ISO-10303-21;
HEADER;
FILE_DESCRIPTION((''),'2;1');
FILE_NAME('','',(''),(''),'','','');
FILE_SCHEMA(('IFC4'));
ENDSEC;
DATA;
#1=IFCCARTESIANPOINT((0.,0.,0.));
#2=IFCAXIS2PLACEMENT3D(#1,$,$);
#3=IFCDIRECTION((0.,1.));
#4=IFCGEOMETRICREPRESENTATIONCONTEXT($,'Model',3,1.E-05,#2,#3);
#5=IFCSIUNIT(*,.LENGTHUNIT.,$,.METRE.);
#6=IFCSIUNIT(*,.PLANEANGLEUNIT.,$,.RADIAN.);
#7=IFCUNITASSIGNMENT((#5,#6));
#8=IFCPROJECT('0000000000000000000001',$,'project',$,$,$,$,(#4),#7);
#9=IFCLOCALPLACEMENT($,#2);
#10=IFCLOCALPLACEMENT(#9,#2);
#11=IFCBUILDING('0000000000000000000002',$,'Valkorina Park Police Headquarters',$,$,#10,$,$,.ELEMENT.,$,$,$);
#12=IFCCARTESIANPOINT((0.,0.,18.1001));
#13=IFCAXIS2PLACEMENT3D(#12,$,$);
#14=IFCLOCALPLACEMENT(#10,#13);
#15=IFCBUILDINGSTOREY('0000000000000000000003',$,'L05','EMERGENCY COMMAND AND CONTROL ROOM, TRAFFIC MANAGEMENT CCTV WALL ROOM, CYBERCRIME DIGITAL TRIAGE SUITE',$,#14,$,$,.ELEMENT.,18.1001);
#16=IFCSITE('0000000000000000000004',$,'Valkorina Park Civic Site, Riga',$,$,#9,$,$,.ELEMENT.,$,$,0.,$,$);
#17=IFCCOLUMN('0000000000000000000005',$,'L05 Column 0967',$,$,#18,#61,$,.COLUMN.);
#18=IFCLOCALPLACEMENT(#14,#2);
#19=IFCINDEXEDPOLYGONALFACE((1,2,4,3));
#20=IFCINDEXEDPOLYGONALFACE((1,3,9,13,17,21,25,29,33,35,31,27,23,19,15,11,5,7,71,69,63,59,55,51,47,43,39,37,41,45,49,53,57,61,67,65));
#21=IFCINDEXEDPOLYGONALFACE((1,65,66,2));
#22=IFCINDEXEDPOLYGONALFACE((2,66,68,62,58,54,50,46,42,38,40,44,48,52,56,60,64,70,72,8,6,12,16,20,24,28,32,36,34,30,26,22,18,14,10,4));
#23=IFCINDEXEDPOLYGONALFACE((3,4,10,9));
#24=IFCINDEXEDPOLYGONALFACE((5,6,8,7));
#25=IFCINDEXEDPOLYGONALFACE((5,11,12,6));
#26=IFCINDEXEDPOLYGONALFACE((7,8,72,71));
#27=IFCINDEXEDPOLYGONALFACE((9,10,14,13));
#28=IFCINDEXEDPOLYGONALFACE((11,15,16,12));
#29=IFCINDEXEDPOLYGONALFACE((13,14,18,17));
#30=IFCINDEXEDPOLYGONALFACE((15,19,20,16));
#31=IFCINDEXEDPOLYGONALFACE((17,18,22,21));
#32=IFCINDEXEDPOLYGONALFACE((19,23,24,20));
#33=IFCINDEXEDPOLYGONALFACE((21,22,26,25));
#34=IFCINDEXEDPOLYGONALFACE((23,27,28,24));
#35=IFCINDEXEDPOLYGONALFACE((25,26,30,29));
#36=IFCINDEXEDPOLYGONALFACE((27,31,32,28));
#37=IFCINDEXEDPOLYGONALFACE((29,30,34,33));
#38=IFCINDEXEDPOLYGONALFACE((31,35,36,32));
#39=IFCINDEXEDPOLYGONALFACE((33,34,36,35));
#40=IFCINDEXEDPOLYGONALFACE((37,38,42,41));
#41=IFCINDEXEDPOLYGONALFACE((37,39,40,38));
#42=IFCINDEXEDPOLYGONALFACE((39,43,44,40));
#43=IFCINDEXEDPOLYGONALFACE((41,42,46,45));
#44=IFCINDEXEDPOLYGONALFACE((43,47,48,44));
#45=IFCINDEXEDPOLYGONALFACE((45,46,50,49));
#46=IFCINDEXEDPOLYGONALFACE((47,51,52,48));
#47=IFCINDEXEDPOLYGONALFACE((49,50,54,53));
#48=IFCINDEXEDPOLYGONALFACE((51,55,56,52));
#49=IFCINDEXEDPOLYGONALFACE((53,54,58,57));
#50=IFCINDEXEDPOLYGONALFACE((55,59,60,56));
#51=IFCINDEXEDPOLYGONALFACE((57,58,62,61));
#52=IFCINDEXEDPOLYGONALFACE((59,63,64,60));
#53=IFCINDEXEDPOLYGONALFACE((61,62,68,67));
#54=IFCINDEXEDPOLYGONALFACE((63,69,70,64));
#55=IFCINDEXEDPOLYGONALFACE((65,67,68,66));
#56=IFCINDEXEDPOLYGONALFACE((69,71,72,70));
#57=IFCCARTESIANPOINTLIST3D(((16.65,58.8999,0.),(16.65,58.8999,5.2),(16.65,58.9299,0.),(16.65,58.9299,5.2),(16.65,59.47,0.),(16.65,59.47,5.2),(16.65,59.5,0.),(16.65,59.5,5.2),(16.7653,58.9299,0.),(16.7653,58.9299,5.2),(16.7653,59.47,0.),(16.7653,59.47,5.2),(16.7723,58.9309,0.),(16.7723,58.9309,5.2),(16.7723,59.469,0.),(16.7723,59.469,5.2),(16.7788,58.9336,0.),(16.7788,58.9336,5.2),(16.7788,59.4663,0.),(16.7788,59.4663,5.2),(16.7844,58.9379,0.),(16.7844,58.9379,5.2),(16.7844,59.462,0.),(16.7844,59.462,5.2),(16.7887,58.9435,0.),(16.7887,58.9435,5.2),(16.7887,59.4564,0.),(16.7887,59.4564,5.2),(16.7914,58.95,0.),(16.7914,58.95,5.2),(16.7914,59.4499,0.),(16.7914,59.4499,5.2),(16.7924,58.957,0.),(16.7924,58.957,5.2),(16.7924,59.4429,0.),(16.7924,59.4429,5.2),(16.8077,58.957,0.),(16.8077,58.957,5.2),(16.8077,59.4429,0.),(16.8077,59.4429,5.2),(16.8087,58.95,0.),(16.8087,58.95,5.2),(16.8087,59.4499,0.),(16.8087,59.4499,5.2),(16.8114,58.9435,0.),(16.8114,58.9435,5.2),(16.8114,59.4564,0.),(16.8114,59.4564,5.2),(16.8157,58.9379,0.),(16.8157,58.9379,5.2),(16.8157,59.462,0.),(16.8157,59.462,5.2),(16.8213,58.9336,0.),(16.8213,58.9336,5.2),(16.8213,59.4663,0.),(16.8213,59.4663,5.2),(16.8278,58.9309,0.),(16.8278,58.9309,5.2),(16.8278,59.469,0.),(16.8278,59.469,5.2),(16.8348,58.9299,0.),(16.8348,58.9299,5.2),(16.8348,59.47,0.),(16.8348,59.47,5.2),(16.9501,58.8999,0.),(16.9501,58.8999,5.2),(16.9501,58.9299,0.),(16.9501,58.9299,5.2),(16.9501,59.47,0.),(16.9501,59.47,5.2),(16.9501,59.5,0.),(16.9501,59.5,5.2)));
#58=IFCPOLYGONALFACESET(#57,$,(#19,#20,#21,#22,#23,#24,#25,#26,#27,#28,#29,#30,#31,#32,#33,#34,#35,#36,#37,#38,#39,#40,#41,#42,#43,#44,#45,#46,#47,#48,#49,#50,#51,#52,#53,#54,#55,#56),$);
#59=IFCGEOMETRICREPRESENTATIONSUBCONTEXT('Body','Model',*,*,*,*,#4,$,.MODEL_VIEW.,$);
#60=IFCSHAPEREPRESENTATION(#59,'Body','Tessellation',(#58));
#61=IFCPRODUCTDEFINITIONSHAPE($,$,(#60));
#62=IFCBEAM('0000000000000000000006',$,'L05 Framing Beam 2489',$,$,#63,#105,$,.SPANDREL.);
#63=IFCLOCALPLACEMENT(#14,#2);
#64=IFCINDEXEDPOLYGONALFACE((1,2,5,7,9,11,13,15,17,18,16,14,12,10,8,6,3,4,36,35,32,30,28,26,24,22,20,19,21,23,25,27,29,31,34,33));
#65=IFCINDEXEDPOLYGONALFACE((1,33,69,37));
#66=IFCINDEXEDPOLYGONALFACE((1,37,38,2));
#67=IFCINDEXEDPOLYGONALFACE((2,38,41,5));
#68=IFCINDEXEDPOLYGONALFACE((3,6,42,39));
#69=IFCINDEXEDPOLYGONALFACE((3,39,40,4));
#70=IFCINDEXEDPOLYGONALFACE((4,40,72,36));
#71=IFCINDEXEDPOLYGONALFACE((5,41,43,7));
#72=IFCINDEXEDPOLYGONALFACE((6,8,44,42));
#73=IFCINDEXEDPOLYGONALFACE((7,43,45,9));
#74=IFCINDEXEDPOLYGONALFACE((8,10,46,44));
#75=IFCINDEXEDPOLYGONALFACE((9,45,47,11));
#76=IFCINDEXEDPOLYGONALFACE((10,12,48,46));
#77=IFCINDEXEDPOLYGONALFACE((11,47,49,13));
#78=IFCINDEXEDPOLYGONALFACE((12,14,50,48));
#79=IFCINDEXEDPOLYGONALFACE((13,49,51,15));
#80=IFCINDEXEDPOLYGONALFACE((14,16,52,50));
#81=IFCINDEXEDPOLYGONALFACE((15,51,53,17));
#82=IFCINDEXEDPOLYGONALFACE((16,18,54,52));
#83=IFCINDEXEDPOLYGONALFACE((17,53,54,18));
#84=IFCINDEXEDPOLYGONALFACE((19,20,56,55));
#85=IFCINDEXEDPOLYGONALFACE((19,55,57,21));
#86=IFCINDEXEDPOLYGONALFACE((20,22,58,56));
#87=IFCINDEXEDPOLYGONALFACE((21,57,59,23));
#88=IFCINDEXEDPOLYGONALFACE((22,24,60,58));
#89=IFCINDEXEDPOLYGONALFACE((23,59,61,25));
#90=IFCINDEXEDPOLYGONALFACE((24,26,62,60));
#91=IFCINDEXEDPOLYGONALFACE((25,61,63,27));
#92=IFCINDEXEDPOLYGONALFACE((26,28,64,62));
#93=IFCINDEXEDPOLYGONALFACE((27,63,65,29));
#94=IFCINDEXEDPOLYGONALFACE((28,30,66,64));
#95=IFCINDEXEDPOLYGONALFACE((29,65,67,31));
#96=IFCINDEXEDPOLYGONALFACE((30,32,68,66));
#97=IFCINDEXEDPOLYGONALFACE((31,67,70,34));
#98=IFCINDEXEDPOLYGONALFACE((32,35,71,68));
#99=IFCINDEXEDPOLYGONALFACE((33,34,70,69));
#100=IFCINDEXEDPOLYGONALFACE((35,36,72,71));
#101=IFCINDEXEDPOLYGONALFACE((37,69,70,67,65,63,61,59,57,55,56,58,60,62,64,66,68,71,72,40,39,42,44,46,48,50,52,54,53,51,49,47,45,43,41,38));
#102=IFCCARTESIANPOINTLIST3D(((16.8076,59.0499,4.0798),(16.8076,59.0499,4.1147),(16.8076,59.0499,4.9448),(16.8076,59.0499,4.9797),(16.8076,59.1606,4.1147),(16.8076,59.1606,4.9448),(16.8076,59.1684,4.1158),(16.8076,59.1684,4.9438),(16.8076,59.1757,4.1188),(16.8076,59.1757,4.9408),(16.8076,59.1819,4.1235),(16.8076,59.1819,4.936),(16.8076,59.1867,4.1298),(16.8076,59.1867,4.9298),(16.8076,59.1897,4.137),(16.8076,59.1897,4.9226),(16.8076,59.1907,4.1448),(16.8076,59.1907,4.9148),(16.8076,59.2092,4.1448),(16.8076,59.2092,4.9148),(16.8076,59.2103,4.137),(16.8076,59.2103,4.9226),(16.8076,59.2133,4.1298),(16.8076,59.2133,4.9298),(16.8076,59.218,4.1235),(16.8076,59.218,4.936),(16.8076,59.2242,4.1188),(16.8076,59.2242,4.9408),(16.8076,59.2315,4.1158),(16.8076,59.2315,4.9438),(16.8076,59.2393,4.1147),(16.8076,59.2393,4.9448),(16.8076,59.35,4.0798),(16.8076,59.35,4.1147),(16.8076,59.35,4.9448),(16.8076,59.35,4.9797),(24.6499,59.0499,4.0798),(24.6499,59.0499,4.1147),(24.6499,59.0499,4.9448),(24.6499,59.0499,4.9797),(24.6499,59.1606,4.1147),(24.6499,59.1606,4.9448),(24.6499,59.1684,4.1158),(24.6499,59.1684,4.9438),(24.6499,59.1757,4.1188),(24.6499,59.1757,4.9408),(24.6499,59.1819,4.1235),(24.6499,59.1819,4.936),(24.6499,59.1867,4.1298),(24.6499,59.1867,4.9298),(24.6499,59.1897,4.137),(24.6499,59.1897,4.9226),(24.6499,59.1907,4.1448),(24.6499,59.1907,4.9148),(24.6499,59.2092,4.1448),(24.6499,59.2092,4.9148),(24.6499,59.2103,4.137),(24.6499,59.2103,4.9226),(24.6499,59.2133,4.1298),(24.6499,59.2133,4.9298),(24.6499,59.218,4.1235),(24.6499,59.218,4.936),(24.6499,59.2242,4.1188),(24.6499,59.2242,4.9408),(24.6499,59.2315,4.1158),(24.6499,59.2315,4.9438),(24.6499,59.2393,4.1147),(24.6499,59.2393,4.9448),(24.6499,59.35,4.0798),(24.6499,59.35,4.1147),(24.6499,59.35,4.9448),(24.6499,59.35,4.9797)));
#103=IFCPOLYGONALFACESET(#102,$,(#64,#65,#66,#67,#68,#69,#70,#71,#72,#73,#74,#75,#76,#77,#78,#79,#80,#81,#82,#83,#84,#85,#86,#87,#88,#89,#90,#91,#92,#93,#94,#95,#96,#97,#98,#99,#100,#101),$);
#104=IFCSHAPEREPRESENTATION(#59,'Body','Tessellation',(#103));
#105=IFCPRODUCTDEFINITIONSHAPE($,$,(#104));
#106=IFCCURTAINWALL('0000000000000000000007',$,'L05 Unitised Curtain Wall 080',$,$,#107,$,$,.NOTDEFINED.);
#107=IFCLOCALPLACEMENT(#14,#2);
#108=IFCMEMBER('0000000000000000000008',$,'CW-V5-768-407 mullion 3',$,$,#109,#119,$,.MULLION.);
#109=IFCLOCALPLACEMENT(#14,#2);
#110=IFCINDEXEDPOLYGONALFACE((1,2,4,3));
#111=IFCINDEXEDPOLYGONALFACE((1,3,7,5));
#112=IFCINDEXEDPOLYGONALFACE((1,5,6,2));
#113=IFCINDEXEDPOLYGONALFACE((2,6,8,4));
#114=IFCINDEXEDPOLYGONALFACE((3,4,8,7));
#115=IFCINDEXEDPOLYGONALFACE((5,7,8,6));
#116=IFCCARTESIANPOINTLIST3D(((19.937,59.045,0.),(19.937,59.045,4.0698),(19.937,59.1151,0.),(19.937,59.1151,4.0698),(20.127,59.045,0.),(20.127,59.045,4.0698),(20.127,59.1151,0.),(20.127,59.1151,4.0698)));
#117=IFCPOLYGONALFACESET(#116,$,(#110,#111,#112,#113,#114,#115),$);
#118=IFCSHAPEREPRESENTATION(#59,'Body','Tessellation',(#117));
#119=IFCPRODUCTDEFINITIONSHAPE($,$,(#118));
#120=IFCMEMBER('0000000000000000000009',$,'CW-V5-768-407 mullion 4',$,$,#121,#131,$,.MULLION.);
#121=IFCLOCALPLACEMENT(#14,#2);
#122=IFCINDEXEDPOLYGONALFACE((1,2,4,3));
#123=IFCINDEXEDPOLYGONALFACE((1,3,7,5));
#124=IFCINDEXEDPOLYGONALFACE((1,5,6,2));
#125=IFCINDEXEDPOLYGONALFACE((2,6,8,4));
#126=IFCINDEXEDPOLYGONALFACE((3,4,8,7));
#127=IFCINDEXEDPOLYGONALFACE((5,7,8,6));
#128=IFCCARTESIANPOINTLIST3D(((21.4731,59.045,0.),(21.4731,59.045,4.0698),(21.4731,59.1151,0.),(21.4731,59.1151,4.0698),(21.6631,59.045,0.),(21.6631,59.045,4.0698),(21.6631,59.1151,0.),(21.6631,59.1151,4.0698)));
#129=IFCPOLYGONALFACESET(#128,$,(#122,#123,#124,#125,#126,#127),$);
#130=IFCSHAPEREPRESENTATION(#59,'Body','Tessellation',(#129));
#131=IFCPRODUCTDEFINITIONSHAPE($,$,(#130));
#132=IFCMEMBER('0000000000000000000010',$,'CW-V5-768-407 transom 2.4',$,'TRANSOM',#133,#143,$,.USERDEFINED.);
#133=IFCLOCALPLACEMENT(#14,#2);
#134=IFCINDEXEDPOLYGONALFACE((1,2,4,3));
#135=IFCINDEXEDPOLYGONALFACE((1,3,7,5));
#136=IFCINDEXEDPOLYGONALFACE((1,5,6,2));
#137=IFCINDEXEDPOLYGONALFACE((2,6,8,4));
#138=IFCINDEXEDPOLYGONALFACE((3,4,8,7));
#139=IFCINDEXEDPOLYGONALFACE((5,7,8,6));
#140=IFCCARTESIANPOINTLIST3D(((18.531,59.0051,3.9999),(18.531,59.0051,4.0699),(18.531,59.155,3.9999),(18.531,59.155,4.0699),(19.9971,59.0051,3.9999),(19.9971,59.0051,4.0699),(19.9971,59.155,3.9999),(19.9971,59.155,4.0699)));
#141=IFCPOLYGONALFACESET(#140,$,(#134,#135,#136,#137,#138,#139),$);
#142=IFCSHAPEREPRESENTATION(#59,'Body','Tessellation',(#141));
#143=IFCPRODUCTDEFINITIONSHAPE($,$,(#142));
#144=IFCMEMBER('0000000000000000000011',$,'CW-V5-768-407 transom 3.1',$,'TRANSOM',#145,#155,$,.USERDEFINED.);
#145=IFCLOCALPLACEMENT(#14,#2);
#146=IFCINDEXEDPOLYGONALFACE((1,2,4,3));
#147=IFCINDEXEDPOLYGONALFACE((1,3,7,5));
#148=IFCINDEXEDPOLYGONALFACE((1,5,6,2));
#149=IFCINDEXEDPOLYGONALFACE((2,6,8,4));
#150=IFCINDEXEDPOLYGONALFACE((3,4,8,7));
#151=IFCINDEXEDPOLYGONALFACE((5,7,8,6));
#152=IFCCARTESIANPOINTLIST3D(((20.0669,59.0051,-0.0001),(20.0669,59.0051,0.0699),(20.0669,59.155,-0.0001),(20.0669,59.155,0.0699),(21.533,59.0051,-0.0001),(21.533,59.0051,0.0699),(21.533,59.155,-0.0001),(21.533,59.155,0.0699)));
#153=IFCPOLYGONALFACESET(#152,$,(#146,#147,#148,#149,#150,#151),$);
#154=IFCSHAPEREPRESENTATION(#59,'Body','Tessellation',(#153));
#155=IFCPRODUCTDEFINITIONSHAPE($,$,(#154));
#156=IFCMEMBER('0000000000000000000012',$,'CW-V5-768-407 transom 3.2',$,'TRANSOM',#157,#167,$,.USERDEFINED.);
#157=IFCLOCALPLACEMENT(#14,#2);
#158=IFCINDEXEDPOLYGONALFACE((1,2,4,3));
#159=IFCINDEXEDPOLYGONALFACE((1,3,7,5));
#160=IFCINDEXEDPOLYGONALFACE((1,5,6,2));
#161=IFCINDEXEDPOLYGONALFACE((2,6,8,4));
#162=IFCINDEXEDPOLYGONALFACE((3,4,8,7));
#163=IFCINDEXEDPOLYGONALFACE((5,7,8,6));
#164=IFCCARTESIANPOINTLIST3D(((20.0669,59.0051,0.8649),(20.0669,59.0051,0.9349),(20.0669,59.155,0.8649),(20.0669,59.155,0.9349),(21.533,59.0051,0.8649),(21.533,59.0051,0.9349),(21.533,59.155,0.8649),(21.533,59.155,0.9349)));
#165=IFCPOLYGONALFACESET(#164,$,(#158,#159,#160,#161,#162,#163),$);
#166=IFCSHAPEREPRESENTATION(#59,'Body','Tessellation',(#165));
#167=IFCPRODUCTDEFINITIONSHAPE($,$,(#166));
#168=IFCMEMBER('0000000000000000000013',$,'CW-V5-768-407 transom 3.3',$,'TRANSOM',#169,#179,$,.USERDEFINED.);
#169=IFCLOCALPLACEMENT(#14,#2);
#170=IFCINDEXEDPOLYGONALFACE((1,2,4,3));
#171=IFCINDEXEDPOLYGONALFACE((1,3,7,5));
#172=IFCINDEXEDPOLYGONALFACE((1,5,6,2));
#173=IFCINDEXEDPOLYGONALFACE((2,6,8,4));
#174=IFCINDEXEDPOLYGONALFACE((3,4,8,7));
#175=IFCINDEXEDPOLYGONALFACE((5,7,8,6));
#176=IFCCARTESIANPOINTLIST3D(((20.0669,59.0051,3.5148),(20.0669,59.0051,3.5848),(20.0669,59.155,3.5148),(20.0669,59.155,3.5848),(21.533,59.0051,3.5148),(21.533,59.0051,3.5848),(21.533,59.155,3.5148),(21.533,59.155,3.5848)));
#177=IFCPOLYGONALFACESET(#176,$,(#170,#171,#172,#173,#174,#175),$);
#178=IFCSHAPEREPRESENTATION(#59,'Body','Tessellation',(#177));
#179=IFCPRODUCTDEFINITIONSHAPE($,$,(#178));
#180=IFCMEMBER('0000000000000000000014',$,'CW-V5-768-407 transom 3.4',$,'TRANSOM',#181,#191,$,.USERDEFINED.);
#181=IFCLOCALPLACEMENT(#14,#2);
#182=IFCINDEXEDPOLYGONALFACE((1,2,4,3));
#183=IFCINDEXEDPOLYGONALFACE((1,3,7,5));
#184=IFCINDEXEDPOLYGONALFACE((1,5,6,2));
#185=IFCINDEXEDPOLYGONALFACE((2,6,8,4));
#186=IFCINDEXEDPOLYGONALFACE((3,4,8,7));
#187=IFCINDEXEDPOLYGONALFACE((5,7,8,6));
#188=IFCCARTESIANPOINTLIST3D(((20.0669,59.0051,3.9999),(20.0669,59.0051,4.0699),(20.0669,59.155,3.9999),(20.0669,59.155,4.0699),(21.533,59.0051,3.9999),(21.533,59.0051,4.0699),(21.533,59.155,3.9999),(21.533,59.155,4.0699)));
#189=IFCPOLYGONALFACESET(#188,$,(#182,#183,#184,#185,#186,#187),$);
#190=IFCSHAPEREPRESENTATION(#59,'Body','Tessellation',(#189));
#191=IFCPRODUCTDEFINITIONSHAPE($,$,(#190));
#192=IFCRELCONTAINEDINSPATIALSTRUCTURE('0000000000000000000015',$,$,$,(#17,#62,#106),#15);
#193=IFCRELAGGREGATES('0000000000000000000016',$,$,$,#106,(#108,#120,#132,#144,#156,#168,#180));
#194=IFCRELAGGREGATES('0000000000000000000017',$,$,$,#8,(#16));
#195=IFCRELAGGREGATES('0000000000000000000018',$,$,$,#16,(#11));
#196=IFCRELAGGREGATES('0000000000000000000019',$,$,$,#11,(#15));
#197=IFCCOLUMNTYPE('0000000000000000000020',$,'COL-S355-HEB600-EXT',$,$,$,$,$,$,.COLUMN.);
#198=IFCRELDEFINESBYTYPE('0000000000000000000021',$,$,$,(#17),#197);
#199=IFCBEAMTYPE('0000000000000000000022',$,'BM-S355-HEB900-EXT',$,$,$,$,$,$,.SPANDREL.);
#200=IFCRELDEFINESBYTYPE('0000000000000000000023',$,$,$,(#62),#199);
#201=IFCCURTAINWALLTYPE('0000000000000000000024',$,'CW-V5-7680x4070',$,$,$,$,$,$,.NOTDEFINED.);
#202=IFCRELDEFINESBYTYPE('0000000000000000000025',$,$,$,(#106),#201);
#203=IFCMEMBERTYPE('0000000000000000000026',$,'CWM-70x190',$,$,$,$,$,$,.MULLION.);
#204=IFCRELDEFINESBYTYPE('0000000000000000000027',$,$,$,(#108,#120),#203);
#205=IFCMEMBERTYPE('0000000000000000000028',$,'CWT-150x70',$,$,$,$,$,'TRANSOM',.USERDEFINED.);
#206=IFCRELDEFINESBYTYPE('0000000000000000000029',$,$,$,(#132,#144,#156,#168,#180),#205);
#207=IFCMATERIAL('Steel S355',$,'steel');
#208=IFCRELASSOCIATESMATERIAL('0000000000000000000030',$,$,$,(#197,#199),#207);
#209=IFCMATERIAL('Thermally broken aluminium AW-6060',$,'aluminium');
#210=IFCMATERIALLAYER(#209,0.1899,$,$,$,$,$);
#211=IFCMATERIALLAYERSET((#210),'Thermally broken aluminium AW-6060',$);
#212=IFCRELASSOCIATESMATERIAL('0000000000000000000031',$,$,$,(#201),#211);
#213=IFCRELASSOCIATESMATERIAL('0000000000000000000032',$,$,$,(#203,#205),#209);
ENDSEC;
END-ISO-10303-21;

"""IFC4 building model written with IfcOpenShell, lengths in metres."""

from ifc_helpers import new_model, si_unit, direction, frame, origin, origin_2d, place, context, subcontext, project, spatial, rectangle, i_section, extrude, material, layer, layer_set, material_profile, profile_set, type_object, element, aggregate, save


model = new_model("IFC4")

# Units and contexts
model_context = context("Model", 3, precision=1e-05, world=origin(), true_north=direction((0.0, 1.0)))
body_context = subcontext(model_context, "Body", "Model", "MODEL_VIEW")
ifc_project = project(units=[si_unit("LENGTHUNIT", "METRE"), si_unit("PLANEANGLEUNIT", "RADIAN")], contexts=[model_context])

# Site, building, storey
site_placement = place(None, origin())
site = spatial("IfcSite", under=ifc_project, at=site_placement, Name="Valkorina Park Civic Site, Riga", CompositionType="ELEMENT", RefElevation=0.0)
building_placement = place(site_placement, origin())
building = spatial("IfcBuilding", under=site, at=building_placement, Name="Valkorina Park Police Headquarters", CompositionType="ELEMENT")
storey_placement = place(building_placement, frame((0.0, 0.0, 18.1001)))
storey = spatial("IfcBuildingStorey", under=building, at=storey_placement, Name="L05", Description="EMERGENCY COMMAND AND CONTROL ROOM, TRAFFIC MANAGEMENT CCTV WALL ROOM, CYBERCRIME DIGITAL TRIAGE SUITE", CompositionType="ELEMENT", Elevation=18.1001)

# Column
ifc_material_1 = material(Name="Steel S355", Category="steel")
ifc_material_profile_1 = material_profile(ifc_material_1, i_section(OverallWidth=0.3, OverallDepth=0.6001, WebThickness=0.0154, FlangeThickness=0.03, FilletRadius=0.0271, at=origin_2d()), Name="HEB 600")
ifc_profile_set_1 = profile_set([ifc_material_profile_1], Name="Steel S355")
column_type = type_object("IfcColumnType", Name="COL-S355-HEB600-EXT", PredefinedType="COLUMN", material=ifc_profile_set_1)
column_placement = place(storey_placement, frame((16.8, 59.2, 0.0), z_axis=(0.0, 0.0, 1.0), x_axis=(1.0, 0.0, 0.0)))
element("IfcColumn", 1, at=column_placement, inside=storey, type_object=column_type, Name="L05 Column 0967", PredefinedType="COLUMN", context=body_context, shape_type="SweptSolid", body=[
    extrude(i_section(OverallWidth=0.3, OverallDepth=0.6001, WebThickness=0.0154, FlangeThickness=0.03, FilletRadius=0.0271, at=origin_2d()), origin(), (0.0, 0.0, 1.0), 5.2),
])

# Beam
ifc_material_profile_2 = material_profile(ifc_material_1, i_section(OverallWidth=0.3, OverallDepth=0.8999, WebThickness=0.0186, FlangeThickness=0.0349, FilletRadius=0.03, at=origin_2d()), Name="HEB 900")
ifc_profile_set_2 = profile_set([ifc_material_profile_2], Name="Steel S355")
beam_type = type_object("IfcBeamType", Name="BM-S355-HEB900-EXT", PredefinedType="SPANDREL", material=ifc_profile_set_2)
beam_placement = place(storey_placement, frame((16.8076, 59.2, 4.5298), z_axis=(1.0, 0.0, 0.0), x_axis=(0.0, 1.0, 0.0)))
element("IfcBeam", 2, at=beam_placement, inside=storey, type_object=beam_type, Name="L05 Framing Beam 2489", PredefinedType="SPANDREL", context=body_context, shape_type="SweptSolid", body=[
    extrude(i_section(OverallWidth=0.3, OverallDepth=0.8999, WebThickness=0.0186, FlangeThickness=0.0349, FilletRadius=0.03, at=origin_2d()), origin(), (0.0, 0.0, 1.0), 7.8423),
])

# Curtain wall, members
ifc_material_2 = material(Name="Thermally broken aluminium AW-6060", Category="aluminium")
ifc_layer_1 = layer(ifc_material_2, 0.1899)
ifc_layer_set_1 = layer_set([ifc_layer_1], Name="Thermally broken aluminium AW-6060")
curtain_wall_type = type_object("IfcCurtainWallType", Name="CW-V5-7680x4070", PredefinedType="NOTDEFINED", material=ifc_layer_set_1)
curtain_wall_placement = place(storey_placement, origin())
curtain_wall = element("IfcCurtainWall", 3, at=curtain_wall_placement, inside=storey, type_object=curtain_wall_type, Name="L05 Unitised Curtain Wall 080", PredefinedType="NOTDEFINED")
ifc_material_profile_3 = material_profile(ifc_material_2, rectangle(XDim=0.0701, YDim=0.1899, at=origin_2d()), Name="CWM-02 70x190")
ifc_profile_set_3 = profile_set([ifc_material_profile_3], Name="Thermally broken aluminium AW-6060")
member_type_1 = type_object("IfcMemberType", Name="CWM-70x190", PredefinedType="MULLION", material=ifc_profile_set_3)
member_1_placement = place(storey_placement, frame((20.032, 59.0801, 0.0), z_axis=(0.0, 0.0, 1.0), x_axis=(0.0, 1.0, 0.0)))
member_1 = element("IfcMember", 4, at=member_1_placement, type_object=member_type_1, Name="CW-V5-768-407 mullion 3", PredefinedType="MULLION", context=body_context, shape_type="SweptSolid", body=[
    extrude(rectangle(XDim=0.0701, YDim=0.1899, at=origin_2d()), origin(), (0.0, 0.0, 1.0), 4.0698),
])
member_2_placement = place(storey_placement, frame((21.5681, 59.0801, 0.0), z_axis=(0.0, 0.0, 1.0), x_axis=(0.0, 1.0, 0.0)))
member_2 = element("IfcMember", 5, at=member_2_placement, type_object=member_type_1, Name="CW-V5-768-407 mullion 4", PredefinedType="MULLION", context=body_context, shape_type="SweptSolid", body=[
    extrude(rectangle(XDim=0.0701, YDim=0.1899, at=origin_2d()), origin(), (0.0, 0.0, 1.0), 4.0698),
])
ifc_material_profile_4 = material_profile(ifc_material_2, rectangle(XDim=0.1499, YDim=0.0701, at=origin_2d()), Name="CWT-02 150x70")
ifc_profile_set_4 = profile_set([ifc_material_profile_4], Name="Thermally broken aluminium AW-6060")
member_type_2 = type_object("IfcMemberType", Name="CWT-150x70", ElementType="TRANSOM", PredefinedType="USERDEFINED", material=ifc_profile_set_4)
member_3_placement = place(storey_placement, frame((18.531, 59.0801, 4.0349), z_axis=(1.0, 0.0, 0.0), x_axis=(0.0, 1.0, 0.0)))
member_3 = element("IfcMember", 6, at=member_3_placement, type_object=member_type_2, Name="CW-V5-768-407 transom 2.4", ObjectType="TRANSOM", PredefinedType="USERDEFINED", context=body_context, shape_type="SweptSolid", body=[
    extrude(rectangle(XDim=0.1499, YDim=0.0701, at=origin_2d()), origin(), (0.0, 0.0, 1.0), 1.4661),
])
member_4_placement = place(storey_placement, frame((20.0669, 59.0801, 0.0349), z_axis=(1.0, 0.0, 0.0), x_axis=(0.0, 1.0, 0.0)))
member_4 = element("IfcMember", 7, at=member_4_placement, type_object=member_type_2, Name="CW-V5-768-407 transom 3.1", ObjectType="TRANSOM", PredefinedType="USERDEFINED", context=body_context, shape_type="SweptSolid", body=[
    extrude(rectangle(XDim=0.1499, YDim=0.0701, at=origin_2d()), origin(), (0.0, 0.0, 1.0), 1.4661),
])
member_5_placement = place(storey_placement, frame((20.0669, 59.0801, 0.8999), z_axis=(1.0, 0.0, 0.0), x_axis=(0.0, 1.0, 0.0)))
member_5 = element("IfcMember", 8, at=member_5_placement, type_object=member_type_2, Name="CW-V5-768-407 transom 3.2", ObjectType="TRANSOM", PredefinedType="USERDEFINED", context=body_context, shape_type="SweptSolid", body=[
    extrude(rectangle(XDim=0.1499, YDim=0.0701, at=origin_2d()), origin(), (0.0, 0.0, 1.0), 1.4661),
])
member_6_placement = place(storey_placement, frame((20.0669, 59.0801, 3.5498), z_axis=(1.0, 0.0, 0.0), x_axis=(0.0, 1.0, 0.0)))
member_6 = element("IfcMember", 9, at=member_6_placement, type_object=member_type_2, Name="CW-V5-768-407 transom 3.3", ObjectType="TRANSOM", PredefinedType="USERDEFINED", context=body_context, shape_type="SweptSolid", body=[
    extrude(rectangle(XDim=0.1499, YDim=0.0701, at=origin_2d()), origin(), (0.0, 0.0, 1.0), 1.4661),
])
member_7_placement = place(storey_placement, frame((20.0669, 59.0801, 4.0349), z_axis=(1.0, 0.0, 0.0), x_axis=(0.0, 1.0, 0.0)))
member_7 = element("IfcMember", 10, at=member_7_placement, type_object=member_type_2, Name="CW-V5-768-407 transom 3.4", ObjectType="TRANSOM", PredefinedType="USERDEFINED", context=body_context, shape_type="SweptSolid", body=[
    extrude(rectangle(XDim=0.1499, YDim=0.0701, at=origin_2d()), origin(), (0.0, 0.0, 1.0), 1.4661),
])
aggregate(curtain_wall, [member_1, member_2, member_3, member_4, member_5, member_6, member_7])

save(model, "model.ifc")
